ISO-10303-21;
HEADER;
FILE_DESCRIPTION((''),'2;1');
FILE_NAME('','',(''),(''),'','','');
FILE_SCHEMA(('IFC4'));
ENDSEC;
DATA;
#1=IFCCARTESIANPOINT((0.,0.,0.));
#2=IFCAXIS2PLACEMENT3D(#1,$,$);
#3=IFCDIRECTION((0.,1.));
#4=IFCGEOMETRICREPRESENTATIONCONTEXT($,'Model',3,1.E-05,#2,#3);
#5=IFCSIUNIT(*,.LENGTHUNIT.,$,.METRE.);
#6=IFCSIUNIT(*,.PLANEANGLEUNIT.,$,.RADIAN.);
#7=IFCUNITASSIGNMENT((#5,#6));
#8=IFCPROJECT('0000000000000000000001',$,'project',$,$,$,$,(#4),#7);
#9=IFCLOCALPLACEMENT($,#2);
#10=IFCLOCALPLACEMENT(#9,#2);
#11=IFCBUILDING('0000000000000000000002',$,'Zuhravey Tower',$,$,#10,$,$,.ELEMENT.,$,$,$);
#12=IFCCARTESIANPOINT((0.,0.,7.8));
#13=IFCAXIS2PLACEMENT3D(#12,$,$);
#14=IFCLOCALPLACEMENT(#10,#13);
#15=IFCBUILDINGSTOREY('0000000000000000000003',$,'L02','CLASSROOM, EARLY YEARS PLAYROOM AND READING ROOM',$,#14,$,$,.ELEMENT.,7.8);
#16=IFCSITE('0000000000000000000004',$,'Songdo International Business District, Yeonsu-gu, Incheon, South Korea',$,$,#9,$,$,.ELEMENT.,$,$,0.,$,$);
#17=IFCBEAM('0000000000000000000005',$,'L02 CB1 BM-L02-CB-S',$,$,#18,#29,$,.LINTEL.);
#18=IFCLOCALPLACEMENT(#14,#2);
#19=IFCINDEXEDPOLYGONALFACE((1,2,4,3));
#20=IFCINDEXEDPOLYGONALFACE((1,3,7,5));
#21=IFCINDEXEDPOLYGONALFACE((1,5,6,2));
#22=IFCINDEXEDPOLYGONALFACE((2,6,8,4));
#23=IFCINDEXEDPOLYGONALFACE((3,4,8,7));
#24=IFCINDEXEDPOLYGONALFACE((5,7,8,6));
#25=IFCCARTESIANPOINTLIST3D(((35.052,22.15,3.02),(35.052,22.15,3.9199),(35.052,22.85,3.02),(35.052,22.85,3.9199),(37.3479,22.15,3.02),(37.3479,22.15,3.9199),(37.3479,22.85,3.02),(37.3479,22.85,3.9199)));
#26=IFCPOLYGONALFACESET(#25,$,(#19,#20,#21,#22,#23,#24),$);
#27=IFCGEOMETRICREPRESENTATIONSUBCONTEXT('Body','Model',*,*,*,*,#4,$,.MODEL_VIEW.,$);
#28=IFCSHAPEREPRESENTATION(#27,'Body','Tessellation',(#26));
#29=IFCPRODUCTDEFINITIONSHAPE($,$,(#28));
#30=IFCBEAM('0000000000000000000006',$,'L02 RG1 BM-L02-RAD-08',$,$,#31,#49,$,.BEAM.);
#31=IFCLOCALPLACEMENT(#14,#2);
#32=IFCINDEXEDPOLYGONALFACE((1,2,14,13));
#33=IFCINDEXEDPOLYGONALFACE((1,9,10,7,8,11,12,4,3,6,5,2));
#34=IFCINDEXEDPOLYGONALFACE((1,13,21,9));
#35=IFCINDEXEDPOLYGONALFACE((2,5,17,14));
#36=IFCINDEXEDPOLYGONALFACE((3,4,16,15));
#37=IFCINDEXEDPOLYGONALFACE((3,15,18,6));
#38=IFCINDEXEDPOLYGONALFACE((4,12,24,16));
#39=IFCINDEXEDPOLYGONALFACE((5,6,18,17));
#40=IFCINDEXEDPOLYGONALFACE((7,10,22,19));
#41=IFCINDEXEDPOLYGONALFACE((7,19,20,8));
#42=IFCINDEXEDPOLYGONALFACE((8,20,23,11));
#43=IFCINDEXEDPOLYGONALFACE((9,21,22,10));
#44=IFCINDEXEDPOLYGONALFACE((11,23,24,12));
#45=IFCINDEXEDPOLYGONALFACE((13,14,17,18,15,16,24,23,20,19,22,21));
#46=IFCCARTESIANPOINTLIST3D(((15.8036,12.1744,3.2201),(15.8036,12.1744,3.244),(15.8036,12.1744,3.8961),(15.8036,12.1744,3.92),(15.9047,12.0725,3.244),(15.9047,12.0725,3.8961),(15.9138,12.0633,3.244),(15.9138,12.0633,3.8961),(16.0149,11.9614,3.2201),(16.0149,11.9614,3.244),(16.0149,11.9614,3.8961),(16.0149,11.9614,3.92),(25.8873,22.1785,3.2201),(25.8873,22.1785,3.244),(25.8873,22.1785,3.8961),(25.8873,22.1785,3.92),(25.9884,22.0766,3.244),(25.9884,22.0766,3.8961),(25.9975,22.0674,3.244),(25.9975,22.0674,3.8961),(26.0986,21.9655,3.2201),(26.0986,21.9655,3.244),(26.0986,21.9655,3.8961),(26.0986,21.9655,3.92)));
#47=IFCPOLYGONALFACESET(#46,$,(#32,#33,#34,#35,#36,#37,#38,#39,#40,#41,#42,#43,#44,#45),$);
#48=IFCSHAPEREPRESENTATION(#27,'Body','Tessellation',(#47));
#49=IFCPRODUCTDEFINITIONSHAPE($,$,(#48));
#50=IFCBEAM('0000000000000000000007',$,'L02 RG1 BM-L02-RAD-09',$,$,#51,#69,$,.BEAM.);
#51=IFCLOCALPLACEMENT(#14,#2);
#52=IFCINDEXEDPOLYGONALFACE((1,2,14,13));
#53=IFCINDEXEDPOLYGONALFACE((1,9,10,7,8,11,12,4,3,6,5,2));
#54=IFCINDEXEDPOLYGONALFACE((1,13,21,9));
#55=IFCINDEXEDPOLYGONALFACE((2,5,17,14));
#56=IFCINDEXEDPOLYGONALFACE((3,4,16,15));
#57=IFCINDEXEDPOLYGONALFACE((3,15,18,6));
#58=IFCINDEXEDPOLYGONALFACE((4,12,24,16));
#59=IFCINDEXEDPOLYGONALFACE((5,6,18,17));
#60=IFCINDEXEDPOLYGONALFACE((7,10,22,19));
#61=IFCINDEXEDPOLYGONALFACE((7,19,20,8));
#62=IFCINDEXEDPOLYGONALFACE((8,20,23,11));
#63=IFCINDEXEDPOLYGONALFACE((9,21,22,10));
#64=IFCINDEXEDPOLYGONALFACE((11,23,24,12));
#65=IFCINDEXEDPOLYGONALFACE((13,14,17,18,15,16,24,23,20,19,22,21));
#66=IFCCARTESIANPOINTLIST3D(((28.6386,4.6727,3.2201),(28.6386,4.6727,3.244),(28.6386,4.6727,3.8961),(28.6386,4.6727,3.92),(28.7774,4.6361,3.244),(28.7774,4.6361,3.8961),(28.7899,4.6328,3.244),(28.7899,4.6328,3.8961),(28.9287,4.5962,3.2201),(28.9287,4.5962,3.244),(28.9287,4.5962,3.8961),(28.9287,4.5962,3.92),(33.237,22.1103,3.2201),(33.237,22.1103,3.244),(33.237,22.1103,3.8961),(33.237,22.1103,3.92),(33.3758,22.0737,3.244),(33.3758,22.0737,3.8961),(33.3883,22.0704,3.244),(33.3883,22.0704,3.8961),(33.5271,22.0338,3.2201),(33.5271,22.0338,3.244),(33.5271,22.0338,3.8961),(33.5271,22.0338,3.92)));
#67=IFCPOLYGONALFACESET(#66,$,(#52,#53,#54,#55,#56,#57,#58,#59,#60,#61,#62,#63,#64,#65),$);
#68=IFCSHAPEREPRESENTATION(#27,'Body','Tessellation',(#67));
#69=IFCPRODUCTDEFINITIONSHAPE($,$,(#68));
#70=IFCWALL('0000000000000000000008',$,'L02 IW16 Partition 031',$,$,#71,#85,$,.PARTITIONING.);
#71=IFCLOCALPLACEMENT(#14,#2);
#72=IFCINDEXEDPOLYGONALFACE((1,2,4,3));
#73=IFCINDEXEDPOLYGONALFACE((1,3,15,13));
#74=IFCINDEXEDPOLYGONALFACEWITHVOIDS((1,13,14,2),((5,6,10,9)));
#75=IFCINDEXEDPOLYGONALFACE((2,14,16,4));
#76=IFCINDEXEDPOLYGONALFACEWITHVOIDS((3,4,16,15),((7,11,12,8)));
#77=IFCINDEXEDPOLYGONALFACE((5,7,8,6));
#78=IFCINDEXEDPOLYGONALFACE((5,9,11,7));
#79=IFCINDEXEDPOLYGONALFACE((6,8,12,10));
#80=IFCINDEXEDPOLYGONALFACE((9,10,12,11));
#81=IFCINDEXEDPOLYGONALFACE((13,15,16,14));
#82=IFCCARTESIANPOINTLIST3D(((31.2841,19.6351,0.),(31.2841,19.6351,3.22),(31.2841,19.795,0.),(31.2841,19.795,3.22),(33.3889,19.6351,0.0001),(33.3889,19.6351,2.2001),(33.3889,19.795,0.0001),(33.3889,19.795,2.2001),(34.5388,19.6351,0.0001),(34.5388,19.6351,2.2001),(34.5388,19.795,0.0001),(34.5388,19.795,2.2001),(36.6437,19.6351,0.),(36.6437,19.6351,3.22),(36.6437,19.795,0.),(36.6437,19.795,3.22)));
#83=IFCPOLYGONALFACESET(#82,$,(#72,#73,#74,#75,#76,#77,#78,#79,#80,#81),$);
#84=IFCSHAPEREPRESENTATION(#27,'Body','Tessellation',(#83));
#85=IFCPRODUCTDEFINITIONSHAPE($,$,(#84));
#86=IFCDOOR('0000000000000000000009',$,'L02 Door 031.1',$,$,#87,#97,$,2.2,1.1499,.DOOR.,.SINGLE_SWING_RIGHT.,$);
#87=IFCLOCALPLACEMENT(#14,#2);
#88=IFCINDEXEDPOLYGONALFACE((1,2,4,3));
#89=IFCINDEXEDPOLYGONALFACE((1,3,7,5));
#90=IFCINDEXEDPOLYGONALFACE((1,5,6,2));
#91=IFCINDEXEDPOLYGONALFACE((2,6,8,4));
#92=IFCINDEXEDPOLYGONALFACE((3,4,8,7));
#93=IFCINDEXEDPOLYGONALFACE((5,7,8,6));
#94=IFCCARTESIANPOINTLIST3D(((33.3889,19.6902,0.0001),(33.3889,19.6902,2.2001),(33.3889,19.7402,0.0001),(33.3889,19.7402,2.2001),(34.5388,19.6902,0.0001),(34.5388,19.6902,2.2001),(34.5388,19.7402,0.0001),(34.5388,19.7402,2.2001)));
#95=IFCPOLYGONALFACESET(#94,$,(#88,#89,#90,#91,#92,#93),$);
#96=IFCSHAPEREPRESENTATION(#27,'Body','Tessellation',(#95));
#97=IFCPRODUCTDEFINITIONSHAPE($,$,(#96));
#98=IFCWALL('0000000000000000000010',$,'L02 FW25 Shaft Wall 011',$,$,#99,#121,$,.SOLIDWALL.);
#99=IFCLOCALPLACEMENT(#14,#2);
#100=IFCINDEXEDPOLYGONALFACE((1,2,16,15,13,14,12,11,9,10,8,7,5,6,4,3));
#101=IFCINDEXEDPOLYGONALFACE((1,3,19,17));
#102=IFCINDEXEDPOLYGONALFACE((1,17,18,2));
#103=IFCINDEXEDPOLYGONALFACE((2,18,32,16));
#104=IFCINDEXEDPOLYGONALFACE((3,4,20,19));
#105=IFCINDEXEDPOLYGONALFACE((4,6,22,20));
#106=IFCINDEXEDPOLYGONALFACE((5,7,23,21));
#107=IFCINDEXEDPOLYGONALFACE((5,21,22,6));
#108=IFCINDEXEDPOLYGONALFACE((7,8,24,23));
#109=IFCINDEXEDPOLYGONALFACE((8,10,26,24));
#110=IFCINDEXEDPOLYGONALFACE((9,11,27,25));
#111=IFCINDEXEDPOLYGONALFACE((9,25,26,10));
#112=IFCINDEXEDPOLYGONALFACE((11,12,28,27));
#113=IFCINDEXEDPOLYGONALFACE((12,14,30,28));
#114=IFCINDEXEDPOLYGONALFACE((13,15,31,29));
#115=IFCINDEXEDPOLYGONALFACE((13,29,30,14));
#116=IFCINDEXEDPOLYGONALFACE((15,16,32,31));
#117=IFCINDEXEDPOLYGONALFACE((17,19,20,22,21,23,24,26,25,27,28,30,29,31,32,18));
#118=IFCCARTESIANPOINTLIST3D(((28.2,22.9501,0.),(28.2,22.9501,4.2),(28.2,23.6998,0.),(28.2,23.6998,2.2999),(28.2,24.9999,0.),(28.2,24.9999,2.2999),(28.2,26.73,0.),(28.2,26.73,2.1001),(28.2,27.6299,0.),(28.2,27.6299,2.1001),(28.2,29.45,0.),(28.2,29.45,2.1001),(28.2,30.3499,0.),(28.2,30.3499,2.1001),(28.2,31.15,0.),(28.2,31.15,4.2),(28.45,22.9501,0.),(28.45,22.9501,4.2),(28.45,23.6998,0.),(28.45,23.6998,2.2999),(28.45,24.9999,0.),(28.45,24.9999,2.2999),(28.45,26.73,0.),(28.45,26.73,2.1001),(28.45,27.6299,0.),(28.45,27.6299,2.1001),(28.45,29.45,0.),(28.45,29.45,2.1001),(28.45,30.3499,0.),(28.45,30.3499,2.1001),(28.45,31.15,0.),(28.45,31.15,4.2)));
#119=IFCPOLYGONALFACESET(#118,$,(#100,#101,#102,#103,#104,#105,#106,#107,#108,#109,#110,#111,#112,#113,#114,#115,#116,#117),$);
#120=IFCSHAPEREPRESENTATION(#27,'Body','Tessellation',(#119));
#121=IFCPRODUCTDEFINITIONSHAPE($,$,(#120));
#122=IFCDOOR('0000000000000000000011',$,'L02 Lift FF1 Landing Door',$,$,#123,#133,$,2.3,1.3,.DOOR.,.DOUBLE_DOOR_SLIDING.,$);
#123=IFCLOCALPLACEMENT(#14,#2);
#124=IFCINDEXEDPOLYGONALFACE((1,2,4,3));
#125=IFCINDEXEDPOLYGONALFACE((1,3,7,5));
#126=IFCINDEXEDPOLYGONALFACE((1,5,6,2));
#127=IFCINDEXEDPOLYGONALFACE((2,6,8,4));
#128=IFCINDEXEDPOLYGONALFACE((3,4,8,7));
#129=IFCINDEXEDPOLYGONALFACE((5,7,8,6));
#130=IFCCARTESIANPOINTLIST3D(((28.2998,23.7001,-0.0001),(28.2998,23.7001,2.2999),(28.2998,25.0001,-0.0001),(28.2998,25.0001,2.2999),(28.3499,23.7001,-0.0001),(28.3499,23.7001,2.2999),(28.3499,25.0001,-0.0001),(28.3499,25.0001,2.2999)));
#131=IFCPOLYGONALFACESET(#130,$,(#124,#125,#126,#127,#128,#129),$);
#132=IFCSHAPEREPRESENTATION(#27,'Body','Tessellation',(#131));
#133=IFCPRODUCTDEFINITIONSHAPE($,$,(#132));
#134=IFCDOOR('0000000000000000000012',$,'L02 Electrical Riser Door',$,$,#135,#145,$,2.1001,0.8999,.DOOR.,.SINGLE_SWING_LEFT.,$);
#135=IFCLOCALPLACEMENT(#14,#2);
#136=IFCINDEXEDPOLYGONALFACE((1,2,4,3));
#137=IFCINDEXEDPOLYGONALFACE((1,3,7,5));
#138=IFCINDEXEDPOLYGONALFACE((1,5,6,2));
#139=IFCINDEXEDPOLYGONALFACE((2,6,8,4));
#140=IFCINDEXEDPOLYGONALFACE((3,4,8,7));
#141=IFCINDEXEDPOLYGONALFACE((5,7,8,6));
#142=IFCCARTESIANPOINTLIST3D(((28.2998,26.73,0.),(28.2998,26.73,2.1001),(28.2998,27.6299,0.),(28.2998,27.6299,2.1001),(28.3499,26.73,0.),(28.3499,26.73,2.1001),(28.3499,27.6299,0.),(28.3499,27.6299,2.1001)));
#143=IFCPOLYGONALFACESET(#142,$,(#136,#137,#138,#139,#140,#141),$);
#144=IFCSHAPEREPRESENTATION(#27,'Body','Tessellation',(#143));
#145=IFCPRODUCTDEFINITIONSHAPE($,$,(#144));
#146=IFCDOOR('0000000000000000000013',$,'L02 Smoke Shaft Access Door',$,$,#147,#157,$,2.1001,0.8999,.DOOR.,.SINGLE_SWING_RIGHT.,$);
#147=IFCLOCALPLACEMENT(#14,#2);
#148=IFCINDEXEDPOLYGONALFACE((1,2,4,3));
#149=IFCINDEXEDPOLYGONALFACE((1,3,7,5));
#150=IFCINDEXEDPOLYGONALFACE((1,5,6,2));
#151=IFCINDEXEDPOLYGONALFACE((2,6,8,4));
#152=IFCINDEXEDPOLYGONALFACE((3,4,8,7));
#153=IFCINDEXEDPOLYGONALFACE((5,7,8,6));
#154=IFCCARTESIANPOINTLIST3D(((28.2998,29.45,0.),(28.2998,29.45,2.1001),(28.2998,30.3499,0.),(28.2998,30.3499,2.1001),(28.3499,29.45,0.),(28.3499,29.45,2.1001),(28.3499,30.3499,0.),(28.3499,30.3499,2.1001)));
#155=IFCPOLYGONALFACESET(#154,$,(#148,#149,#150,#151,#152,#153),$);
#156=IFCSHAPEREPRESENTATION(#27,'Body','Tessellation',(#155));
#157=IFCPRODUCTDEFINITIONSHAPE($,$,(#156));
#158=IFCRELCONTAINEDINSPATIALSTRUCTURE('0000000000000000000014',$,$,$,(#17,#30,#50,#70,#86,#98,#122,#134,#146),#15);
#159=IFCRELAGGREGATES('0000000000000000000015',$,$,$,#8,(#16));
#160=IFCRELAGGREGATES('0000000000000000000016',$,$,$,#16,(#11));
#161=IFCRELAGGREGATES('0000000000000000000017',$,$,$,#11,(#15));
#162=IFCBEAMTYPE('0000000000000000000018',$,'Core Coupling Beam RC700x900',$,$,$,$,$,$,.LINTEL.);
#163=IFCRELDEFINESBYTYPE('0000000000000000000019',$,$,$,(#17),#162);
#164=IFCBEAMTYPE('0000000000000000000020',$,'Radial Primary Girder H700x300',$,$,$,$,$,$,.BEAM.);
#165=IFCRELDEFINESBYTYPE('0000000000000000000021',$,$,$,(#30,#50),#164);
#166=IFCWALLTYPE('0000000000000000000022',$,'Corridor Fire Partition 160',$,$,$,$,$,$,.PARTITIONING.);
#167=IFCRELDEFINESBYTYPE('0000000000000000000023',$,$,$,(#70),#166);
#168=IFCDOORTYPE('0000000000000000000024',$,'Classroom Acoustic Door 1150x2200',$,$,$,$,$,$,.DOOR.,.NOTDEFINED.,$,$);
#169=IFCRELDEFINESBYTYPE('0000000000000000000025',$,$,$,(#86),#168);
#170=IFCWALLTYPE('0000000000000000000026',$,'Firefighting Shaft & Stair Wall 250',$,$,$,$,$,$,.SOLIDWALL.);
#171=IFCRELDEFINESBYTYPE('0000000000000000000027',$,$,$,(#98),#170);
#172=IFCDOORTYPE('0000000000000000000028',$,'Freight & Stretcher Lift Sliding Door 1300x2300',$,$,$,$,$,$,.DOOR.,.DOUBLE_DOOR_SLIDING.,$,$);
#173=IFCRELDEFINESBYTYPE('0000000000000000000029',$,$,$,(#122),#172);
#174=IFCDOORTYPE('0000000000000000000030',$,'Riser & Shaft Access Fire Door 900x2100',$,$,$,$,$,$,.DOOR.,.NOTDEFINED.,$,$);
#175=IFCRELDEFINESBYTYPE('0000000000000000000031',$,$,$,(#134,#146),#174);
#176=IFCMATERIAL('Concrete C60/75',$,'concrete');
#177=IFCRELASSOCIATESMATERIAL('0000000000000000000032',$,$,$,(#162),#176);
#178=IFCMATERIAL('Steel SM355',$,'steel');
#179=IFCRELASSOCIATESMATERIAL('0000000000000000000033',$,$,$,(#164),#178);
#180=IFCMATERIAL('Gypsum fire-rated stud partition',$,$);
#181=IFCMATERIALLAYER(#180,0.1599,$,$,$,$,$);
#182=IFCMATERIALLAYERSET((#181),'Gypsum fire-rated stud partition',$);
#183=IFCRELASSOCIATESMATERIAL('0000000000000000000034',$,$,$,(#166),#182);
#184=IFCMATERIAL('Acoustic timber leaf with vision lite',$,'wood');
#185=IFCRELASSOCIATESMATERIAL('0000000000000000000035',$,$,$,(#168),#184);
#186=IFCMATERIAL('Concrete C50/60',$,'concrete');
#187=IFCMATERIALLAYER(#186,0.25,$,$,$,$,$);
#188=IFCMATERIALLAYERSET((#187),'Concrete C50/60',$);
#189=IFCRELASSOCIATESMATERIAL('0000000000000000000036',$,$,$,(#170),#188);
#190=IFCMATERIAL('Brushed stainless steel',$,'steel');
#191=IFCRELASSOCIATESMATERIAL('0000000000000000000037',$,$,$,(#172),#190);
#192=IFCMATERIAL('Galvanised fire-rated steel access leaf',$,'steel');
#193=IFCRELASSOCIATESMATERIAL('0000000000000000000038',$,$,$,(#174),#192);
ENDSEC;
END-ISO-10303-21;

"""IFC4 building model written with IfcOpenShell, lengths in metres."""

from ifc_helpers import new_model, si_unit, direction, frame, frame_2d, origin, origin_2d, place, context, subcontext, project, spatial, rectangle, i_section, extrude, material, layer, layer_set, material_profile, profile_set, type_object, element, fill, save


model = new_model("IFC4")

# Units and contexts
model_context = context("Model", 3, precision=1e-05, world=origin(), true_north=direction((0.0, 1.0)))
body_context = subcontext(model_context, "Body", "Model", "MODEL_VIEW")
ifc_project = project(units=[si_unit("LENGTHUNIT", "METRE"), si_unit("PLANEANGLEUNIT", "RADIAN")], contexts=[model_context])

# Site, building, storey
site_placement = place(None, origin())
site = spatial("IfcSite", under=ifc_project, at=site_placement, Name="Songdo International Business District, Yeonsu-gu, Incheon, South Korea", CompositionType="ELEMENT", RefElevation=0.0)
building_placement = place(site_placement, origin())
building = spatial("IfcBuilding", under=site, at=building_placement, Name="Zuhravey Tower", CompositionType="ELEMENT")
storey_placement = place(building_placement, frame((0.0, 0.0, 7.8)))
storey = spatial("IfcBuildingStorey", under=building, at=storey_placement, Name="L02", Description="CLASSROOM, EARLY YEARS PLAYROOM AND READING ROOM", CompositionType="ELEMENT", Elevation=7.8)

# Beams
ifc_material_1 = material(Name="Concrete C60/75", Category="concrete")
ifc_material_profile_1 = material_profile(ifc_material_1, rectangle(XDim=0.7, YDim=0.8999, at=origin_2d()), Name="RC-700x900")
ifc_profile_set_1 = profile_set([ifc_material_profile_1], Name="Concrete C60/75")
beam_type_1 = type_object("IfcBeamType", Name="Core Coupling Beam RC700x900", PredefinedType="LINTEL", material=ifc_profile_set_1)
beam_1_placement = place(storey_placement, frame((35.052, 22.5, 3.47), z_axis=(1.0, 0.0, 0.0), x_axis=(0.0, 1.0, 0.0)))
element("IfcBeam", 1, at=beam_1_placement, inside=storey, type_object=beam_type_1, Name="L02 CB1 BM-L02-CB-S", PredefinedType="LINTEL", context=body_context, shape_type="SweptSolid", body=[
    extrude(rectangle(XDim=0.7, YDim=0.8999, at=origin_2d()), origin(), (0.0, 0.0, 1.0), 2.2959),
])
ifc_material_2 = material(Name="Steel SM355", Category="steel")
ifc_material_profile_2 = material_profile(ifc_material_2, i_section(OverallWidth=0.3, OverallDepth=0.7, WebThickness=0.0129, FlangeThickness=0.0239, at=origin_2d()), Name="H-700x300x13x24")
ifc_profile_set_2 = profile_set([ifc_material_profile_2], Name="Steel SM355")
beam_type_2 = type_object("IfcBeamType", Name="Radial Primary Girder H700x300", PredefinedType="BEAM", material=ifc_profile_set_2)
beam_2_placement = place(storey_placement, frame((25.9929, 22.072, 3.5701), z_axis=(-0.709903, -0.7043, 0.0), x_axis=(0.7043, -0.709903, 0.0)))
element("IfcBeam", 2, at=beam_2_placement, inside=storey, type_object=beam_type_2, Name="L02 RG1 BM-L02-RAD-08", PredefinedType="BEAM", context=body_context, shape_type="SweptSolid", body=[
    extrude(i_section(OverallWidth=0.3, OverallDepth=0.7, WebThickness=0.0129, FlangeThickness=0.0239, at=origin_2d()), origin(), (0.0, 0.0, 1.0), 14.2043),
])
beam_3_placement = place(storey_placement, frame((33.3821, 22.072, 3.5701), z_axis=(-0.25499, -0.966944, 0.0), x_axis=(0.966944, -0.25499, 0.0)))
element("IfcBeam", 3, at=beam_3_placement, inside=storey, type_object=beam_type_2, Name="L02 RG1 BM-L02-RAD-09", PredefinedType="BEAM", context=body_context, shape_type="SweptSolid", body=[
    extrude(i_section(OverallWidth=0.3, OverallDepth=0.7, WebThickness=0.0129, FlangeThickness=0.0239, at=origin_2d()), origin(), (0.0, 0.0, 1.0), 18.0337),
])

# Wall, opening, door
ifc_material_3 = material(Name="Gypsum fire-rated stud partition")
ifc_layer_1 = layer(ifc_material_3, 0.1599)
ifc_layer_set_1 = layer_set([ifc_layer_1], Name="Gypsum fire-rated stud partition")
wall_type_1 = type_object("IfcWallType", Name="Corridor Fire Partition 160", PredefinedType="PARTITIONING", material=ifc_layer_set_1)
wall_1_placement = place(storey_placement, frame((31.2842, 19.7151, 0.0), z_axis=(0.0, 0.0, 1.0), x_axis=(1.0, 0.0, 0.0)))
wall_1 = element("IfcWall", 4, at=wall_1_placement, inside=storey, type_object=wall_type_1, Name="L02 IW16 Partition 031", PredefinedType="PARTITIONING", context=body_context, shape_type="SweptSolid", body=[
    extrude(rectangle(XDim=5.3596, YDim=0.1599, at=frame_2d((2.6797, 0.0))), origin(), (0.0, 0.0, 1.0), 3.22),
])
opening_1_placement = place(wall_1_placement, frame((2.1047, 0.0, 0.0)))
opening_1 = element("IfcOpeningElement", 5, at=opening_1_placement, cuts=wall_1, PredefinedType="OPENING", context=body_context, shape_type="SweptSolid", body=[
    extrude(rectangle(XDim=1.1499, YDim=2.2, at=frame_2d((0.575, 1.1001))), frame((0.0, 0.092, 0.0), z_axis=(0.0, -1.0, 0.0), x_axis=(1.0, 0.0, 0.0)), (0.0, 0.0, 1.0), 0.1838),
])
ifc_material_4 = material(Name="Acoustic timber leaf with vision lite", Category="wood")
door_type_1 = type_object("IfcDoorType", Name="Classroom Acoustic Door 1150x2200", OperationType="NOTDEFINED", PredefinedType="DOOR", material=ifc_material_4)
door_1_placement = place(opening_1_placement, frame((1.1499, 0.0, 0.0), z_axis=(0.0, 0.0, 1.0), x_axis=(-1.0, 0.0, 0.0)))
door_1 = element("IfcDoor", 6, at=door_1_placement, inside=storey, type_object=door_type_1, Name="L02 Door 031.1", OperationType="SINGLE_SWING_RIGHT", OverallHeight=2.2, OverallWidth=1.1499, PredefinedType="DOOR", context=body_context, shape_type="SweptSolid", body=[
    extrude(rectangle(XDim=1.1499, YDim=2.2, at=frame_2d((0.575, 1.1001))), frame((0.0, 0.0249, 0.0), z_axis=(0.0, -1.0, 0.0), x_axis=(1.0, 0.0, 0.0)), (0.0, 0.0, 1.0), 0.05),
])
fill(opening_1, door_1)
ifc_material_5 = material(Name="Concrete C50/60", Category="concrete")
ifc_layer_2 = layer(ifc_material_5, 0.25)
ifc_layer_set_2 = layer_set([ifc_layer_2], Name="Concrete C50/60")
wall_type_2 = type_object("IfcWallType", Name="Firefighting Shaft & Stair Wall 250", PredefinedType="SOLIDWALL", material=ifc_layer_set_2)

# Wall, openings, doors
wall_2_placement = place(storey_placement, frame((28.325, 22.95, 0.0), z_axis=(0.0, 0.0, 1.0), x_axis=(0.0, 1.0, 0.0)))
wall_2 = element("IfcWall", 7, at=wall_2_placement, inside=storey, type_object=wall_type_2, Name="L02 FW25 Shaft Wall 011", PredefinedType="SOLIDWALL", context=body_context, shape_type="SweptSolid", body=[
    extrude(rectangle(XDim=8.2, YDim=0.25, at=frame_2d((4.1001, 0.0))), origin(), (0.0, 0.0, 1.0), 4.2),
])
opening_2_placement = place(wall_2_placement, frame((0.75, 0.0, 0.0)))
opening_2 = element("IfcOpeningElement", 8, at=opening_2_placement, cuts=wall_2, PredefinedType="OPENING", context=body_context, shape_type="SweptSolid", body=[
    extrude(rectangle(XDim=1.3, YDim=2.3, at=frame_2d((0.6499, 1.1499))), frame((0.0, 0.137, 0.0), z_axis=(0.0, -1.0, 0.0), x_axis=(1.0, 0.0, 0.0)), (0.0, 0.0, 1.0), 0.2739),
])
opening_3_placement = place(wall_2_placement, frame((3.78, 0.0, 0.0)))
opening_3 = element("IfcOpeningElement", 9, at=opening_3_placement, cuts=wall_2, PredefinedType="OPENING", context=body_context, shape_type="SweptSolid", body=[
    extrude(rectangle(XDim=0.8999, YDim=2.1001, at=frame_2d((0.45, 1.05))), frame((0.0, 0.137, 0.0), z_axis=(0.0, -1.0, 0.0), x_axis=(1.0, 0.0, 0.0)), (0.0, 0.0, 1.0), 0.2739),
])
opening_4_placement = place(wall_2_placement, frame((6.5, 0.0, 0.0)))
opening_4 = element("IfcOpeningElement", 10, at=opening_4_placement, cuts=wall_2, PredefinedType="OPENING", context=body_context, shape_type="SweptSolid", body=[
    extrude(rectangle(XDim=0.8999, YDim=2.1001, at=frame_2d((0.45, 1.05))), frame((0.0, 0.137, 0.0), z_axis=(0.0, -1.0, 0.0), x_axis=(1.0, 0.0, 0.0)), (0.0, 0.0, 1.0), 0.2739),
])
ifc_material_6 = material(Name="Brushed stainless steel", Category="steel")
door_type_2 = type_object("IfcDoorType", Name="Freight & Stretcher Lift Sliding Door 1300x2300", OperationType="DOUBLE_DOOR_SLIDING", PredefinedType="DOOR", material=ifc_material_6)
door_2_placement = place(opening_2_placement, frame((1.3, 0.0, 0.0), z_axis=(0.0, 0.0, 1.0), x_axis=(-1.0, 0.0, 0.0)))
door_2 = element("IfcDoor", 11, at=door_2_placement, inside=storey, type_object=door_type_2, Name="L02 Lift FF1 Landing Door", OperationType="DOUBLE_DOOR_SLIDING", OverallHeight=2.3, OverallWidth=1.3, PredefinedType="DOOR", context=body_context, shape_type="SweptSolid", body=[
    extrude(rectangle(XDim=1.3, YDim=2.3, at=frame_2d((0.6499, 1.1499))), frame((0.0, 0.0249, 0.0), z_axis=(0.0, -1.0, 0.0), x_axis=(1.0, 0.0, 0.0)), (0.0, 0.0, 1.0), 0.05),
])
fill(opening_2, door_2)
ifc_material_7 = material(Name="Galvanised fire-rated steel access leaf", Category="steel")
door_type_3 = type_object("IfcDoorType", Name="Riser & Shaft Access Fire Door 900x2100", OperationType="NOTDEFINED", PredefinedType="DOOR", material=ifc_material_7)
door_3_placement = place(opening_3_placement, frame((0.8999, 0.0, 0.0), z_axis=(0.0, 0.0, 1.0), x_axis=(-1.0, 0.0, 0.0)))
door_3 = element("IfcDoor", 12, at=door_3_placement, inside=storey, type_object=door_type_3, Name="L02 Electrical Riser Door", OperationType="SINGLE_SWING_LEFT", OverallHeight=2.1001, OverallWidth=0.8999, PredefinedType="DOOR", context=body_context, shape_type="SweptSolid", body=[
    extrude(rectangle(XDim=0.8999, YDim=2.1001, at=frame_2d((0.45, 1.05))), frame((0.0, 0.0249, 0.0), z_axis=(0.0, -1.0, 0.0), x_axis=(1.0, 0.0, 0.0)), (0.0, 0.0, 1.0), 0.05),
])
fill(opening_3, door_3)
door_4_placement = place(opening_4_placement, frame((0.8999, 0.0, 0.0), z_axis=(0.0, 0.0, 1.0), x_axis=(-1.0, 0.0, 0.0)))
door_4 = element("IfcDoor", 13, at=door_4_placement, inside=storey, type_object=door_type_3, Name="L02 Smoke Shaft Access Door", OperationType="SINGLE_SWING_RIGHT", OverallHeight=2.1001, OverallWidth=0.8999, PredefinedType="DOOR", context=body_context, shape_type="SweptSolid", body=[
    extrude(rectangle(XDim=0.8999, YDim=2.1001, at=frame_2d((0.45, 1.05))), frame((0.0, 0.0249, 0.0), z_axis=(0.0, -1.0, 0.0), x_axis=(1.0, 0.0, 0.0)), (0.0, 0.0, 1.0), 0.05),
])
fill(opening_4, door_4)

save(model, "model.ifc")
